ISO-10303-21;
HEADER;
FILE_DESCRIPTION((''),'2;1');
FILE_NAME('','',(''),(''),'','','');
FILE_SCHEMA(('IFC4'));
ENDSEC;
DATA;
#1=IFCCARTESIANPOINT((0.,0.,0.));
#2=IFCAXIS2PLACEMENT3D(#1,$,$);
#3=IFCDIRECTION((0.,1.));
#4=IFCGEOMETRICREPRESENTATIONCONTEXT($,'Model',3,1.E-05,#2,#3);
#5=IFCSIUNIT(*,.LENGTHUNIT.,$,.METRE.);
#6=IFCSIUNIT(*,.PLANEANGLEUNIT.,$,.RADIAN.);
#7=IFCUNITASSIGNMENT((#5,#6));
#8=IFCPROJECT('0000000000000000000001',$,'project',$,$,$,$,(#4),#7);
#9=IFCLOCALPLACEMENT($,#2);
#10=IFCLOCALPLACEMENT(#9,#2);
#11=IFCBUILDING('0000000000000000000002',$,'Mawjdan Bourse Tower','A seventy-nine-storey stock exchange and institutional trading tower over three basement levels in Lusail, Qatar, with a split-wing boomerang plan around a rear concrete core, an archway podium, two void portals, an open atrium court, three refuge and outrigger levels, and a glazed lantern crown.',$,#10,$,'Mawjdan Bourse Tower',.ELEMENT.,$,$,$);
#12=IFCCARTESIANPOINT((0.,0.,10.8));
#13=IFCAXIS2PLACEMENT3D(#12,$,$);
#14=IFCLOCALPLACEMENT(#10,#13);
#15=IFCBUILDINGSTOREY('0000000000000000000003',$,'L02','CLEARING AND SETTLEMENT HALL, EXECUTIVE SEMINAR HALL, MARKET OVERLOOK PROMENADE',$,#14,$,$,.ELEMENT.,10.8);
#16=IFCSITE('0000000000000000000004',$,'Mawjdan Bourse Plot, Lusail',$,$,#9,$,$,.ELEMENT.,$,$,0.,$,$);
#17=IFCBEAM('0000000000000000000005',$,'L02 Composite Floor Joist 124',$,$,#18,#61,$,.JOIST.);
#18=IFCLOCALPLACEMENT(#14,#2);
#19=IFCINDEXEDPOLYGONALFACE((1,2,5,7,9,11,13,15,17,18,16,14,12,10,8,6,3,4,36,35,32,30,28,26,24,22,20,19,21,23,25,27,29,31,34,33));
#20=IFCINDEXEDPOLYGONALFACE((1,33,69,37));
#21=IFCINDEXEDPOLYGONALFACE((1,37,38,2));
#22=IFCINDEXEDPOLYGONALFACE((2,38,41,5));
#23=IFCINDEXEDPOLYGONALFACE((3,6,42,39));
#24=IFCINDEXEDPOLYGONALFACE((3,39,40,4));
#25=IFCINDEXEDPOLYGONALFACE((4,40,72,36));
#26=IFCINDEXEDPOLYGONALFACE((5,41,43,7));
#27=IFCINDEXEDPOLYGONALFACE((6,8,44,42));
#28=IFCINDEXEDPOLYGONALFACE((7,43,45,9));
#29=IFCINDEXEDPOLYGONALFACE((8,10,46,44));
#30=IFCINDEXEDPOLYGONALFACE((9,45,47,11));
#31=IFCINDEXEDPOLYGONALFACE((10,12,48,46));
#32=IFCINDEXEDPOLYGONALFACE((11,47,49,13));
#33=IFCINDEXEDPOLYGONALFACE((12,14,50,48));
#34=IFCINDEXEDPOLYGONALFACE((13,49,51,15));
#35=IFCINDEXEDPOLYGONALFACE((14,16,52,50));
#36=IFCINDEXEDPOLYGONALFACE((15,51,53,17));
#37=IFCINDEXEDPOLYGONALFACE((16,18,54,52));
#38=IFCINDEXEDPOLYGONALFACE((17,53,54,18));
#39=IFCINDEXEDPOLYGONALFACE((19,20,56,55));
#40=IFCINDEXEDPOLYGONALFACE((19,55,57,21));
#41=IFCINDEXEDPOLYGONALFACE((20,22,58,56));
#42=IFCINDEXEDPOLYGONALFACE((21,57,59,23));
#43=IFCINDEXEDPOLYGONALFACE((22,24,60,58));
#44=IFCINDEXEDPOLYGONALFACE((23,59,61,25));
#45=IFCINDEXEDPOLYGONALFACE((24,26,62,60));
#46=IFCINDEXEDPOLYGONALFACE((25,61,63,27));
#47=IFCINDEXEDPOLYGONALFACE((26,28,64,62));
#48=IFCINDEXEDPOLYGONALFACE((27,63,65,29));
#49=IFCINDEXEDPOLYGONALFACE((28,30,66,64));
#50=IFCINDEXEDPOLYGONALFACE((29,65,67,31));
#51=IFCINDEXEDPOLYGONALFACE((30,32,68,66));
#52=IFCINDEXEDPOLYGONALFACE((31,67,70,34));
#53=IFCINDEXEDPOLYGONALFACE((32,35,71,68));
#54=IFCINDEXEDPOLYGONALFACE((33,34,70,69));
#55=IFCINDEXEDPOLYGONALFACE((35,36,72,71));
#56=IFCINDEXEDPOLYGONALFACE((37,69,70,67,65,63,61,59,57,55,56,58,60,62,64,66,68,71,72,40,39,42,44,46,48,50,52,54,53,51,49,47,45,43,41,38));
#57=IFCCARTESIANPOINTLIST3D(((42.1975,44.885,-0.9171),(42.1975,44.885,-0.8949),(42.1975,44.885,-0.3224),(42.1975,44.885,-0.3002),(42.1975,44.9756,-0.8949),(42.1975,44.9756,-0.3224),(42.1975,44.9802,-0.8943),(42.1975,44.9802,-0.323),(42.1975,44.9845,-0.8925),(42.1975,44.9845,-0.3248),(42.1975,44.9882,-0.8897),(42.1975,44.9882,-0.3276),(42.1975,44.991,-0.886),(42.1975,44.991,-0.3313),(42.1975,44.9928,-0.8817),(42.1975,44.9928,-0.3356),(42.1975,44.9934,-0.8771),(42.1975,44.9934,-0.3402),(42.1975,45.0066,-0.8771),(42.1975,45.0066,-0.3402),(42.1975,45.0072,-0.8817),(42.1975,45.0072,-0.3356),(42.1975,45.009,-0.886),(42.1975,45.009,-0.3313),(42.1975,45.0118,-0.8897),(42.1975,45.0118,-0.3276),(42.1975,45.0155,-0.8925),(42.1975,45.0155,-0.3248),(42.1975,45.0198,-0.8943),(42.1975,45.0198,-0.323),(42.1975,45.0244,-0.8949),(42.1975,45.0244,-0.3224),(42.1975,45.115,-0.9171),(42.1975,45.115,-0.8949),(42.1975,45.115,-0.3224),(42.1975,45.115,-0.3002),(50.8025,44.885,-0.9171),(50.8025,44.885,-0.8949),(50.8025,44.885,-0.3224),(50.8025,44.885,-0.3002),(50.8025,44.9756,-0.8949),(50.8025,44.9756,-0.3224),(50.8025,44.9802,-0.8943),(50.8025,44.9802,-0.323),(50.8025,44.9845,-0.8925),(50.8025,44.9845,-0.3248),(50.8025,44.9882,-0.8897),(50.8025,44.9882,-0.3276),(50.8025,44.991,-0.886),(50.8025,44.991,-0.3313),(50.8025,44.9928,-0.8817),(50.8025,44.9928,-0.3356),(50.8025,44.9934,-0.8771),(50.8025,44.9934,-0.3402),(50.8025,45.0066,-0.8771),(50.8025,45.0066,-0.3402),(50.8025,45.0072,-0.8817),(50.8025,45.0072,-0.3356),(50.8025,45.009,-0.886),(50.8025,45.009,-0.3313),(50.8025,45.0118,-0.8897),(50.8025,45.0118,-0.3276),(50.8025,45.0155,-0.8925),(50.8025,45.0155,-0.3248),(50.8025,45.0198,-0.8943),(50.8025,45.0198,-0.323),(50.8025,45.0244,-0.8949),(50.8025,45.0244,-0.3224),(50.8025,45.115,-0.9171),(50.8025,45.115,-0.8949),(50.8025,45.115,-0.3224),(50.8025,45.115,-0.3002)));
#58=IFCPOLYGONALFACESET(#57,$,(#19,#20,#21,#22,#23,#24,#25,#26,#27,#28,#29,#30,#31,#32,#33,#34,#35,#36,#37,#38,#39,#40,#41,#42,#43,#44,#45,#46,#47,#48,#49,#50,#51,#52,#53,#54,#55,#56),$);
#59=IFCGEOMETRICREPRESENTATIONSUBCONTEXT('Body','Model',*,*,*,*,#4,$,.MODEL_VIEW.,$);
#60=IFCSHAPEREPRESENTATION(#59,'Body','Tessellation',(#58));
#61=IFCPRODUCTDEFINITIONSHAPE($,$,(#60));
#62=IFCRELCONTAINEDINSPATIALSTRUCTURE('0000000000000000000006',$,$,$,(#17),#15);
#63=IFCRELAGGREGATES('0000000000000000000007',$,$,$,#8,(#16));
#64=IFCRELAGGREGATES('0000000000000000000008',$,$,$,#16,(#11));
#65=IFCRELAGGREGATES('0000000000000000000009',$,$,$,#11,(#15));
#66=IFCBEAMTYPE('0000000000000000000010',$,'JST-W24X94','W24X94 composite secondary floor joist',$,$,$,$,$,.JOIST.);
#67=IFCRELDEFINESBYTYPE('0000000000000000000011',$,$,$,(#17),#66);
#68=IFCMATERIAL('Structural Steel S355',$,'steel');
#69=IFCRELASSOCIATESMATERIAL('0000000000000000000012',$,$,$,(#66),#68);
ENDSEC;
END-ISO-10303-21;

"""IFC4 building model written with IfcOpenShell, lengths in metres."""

from ifc_helpers import new_model, si_unit, direction, frame, origin, origin_2d, place, context, subcontext, project, spatial, i_section, extrude, material, material_profile, profile_set, type_object, element, save


model = new_model("IFC4")

# Units and contexts
model_context = context("Model", 3, precision=1e-05, world=origin(), true_north=direction((0.0, 1.0)))
body_context = subcontext(model_context, "Body", "Model", "MODEL_VIEW")
ifc_project = project(units=[si_unit("LENGTHUNIT", "METRE"), si_unit("PLANEANGLEUNIT", "RADIAN")], contexts=[model_context])

# Site, building, storey
site_placement = place(None, origin())
site = spatial("IfcSite", under=ifc_project, at=site_placement, Name="Mawjdan Bourse Plot, Lusail", CompositionType="ELEMENT", RefElevation=0.0)
building_placement = place(site_placement, origin())
building = spatial("IfcBuilding", under=site, at=building_placement, Name="Mawjdan Bourse Tower", Description="A seventy-nine-storey stock exchange and institutional trading tower over three basement levels in Lusail, Qatar, with a split-wing boomerang plan around a rear concrete core, an archway podium, two void portals, an open atrium court, three refuge and outrigger levels, and a glazed lantern crown.", LongName="Mawjdan Bourse Tower", CompositionType="ELEMENT")
storey_placement = place(building_placement, frame((0.0, 0.0, 10.8)))
storey = spatial("IfcBuildingStorey", under=building, at=storey_placement, Name="L02", Description="CLEARING AND SETTLEMENT HALL, EXECUTIVE SEMINAR HALL, MARKET OVERLOOK PROMENADE", CompositionType="ELEMENT", Elevation=10.8)

# Beam
ifc_material_1 = material(Name="Structural Steel S355", Category="steel")
ifc_material_profile_1 = material_profile(ifc_material_1, i_section(OverallWidth=0.23, OverallDepth=0.6169, WebThickness=0.0132, FlangeThickness=0.0222, FilletRadius=0.0178, at=origin_2d()), Name="W24X94")
ifc_profile_set_1 = profile_set([ifc_material_profile_1], Name="Structural Steel S355")
beam_type_1 = type_object("IfcBeamType", Name="JST-W24X94", Description="W24X94 composite secondary floor joist", PredefinedType="JOIST", material=ifc_profile_set_1)
for number, where, z_axis, x_axis, name in (
    (1, (42.1975, 45.0, -0.6086), (1.0, 0.0, 0.0), (0.0, 1.0, 0.0), "L02 Composite Floor Joist 124"),
):
    element("IfcBeam", number, at=place(storey_placement, frame(where, z_axis=z_axis, x_axis=x_axis)), inside=storey, type_object=beam_type_1, Name=name, PredefinedType="JOIST", context=body_context, shape_type="SweptSolid", body=[
        extrude(i_section(OverallWidth=0.23, OverallDepth=0.6169, WebThickness=0.0132, FlangeThickness=0.0222, FilletRadius=0.0178, at=origin_2d()), origin(), (0.0, 0.0, 1.0), 8.605),
    ])

save(model, "model.ifc")
